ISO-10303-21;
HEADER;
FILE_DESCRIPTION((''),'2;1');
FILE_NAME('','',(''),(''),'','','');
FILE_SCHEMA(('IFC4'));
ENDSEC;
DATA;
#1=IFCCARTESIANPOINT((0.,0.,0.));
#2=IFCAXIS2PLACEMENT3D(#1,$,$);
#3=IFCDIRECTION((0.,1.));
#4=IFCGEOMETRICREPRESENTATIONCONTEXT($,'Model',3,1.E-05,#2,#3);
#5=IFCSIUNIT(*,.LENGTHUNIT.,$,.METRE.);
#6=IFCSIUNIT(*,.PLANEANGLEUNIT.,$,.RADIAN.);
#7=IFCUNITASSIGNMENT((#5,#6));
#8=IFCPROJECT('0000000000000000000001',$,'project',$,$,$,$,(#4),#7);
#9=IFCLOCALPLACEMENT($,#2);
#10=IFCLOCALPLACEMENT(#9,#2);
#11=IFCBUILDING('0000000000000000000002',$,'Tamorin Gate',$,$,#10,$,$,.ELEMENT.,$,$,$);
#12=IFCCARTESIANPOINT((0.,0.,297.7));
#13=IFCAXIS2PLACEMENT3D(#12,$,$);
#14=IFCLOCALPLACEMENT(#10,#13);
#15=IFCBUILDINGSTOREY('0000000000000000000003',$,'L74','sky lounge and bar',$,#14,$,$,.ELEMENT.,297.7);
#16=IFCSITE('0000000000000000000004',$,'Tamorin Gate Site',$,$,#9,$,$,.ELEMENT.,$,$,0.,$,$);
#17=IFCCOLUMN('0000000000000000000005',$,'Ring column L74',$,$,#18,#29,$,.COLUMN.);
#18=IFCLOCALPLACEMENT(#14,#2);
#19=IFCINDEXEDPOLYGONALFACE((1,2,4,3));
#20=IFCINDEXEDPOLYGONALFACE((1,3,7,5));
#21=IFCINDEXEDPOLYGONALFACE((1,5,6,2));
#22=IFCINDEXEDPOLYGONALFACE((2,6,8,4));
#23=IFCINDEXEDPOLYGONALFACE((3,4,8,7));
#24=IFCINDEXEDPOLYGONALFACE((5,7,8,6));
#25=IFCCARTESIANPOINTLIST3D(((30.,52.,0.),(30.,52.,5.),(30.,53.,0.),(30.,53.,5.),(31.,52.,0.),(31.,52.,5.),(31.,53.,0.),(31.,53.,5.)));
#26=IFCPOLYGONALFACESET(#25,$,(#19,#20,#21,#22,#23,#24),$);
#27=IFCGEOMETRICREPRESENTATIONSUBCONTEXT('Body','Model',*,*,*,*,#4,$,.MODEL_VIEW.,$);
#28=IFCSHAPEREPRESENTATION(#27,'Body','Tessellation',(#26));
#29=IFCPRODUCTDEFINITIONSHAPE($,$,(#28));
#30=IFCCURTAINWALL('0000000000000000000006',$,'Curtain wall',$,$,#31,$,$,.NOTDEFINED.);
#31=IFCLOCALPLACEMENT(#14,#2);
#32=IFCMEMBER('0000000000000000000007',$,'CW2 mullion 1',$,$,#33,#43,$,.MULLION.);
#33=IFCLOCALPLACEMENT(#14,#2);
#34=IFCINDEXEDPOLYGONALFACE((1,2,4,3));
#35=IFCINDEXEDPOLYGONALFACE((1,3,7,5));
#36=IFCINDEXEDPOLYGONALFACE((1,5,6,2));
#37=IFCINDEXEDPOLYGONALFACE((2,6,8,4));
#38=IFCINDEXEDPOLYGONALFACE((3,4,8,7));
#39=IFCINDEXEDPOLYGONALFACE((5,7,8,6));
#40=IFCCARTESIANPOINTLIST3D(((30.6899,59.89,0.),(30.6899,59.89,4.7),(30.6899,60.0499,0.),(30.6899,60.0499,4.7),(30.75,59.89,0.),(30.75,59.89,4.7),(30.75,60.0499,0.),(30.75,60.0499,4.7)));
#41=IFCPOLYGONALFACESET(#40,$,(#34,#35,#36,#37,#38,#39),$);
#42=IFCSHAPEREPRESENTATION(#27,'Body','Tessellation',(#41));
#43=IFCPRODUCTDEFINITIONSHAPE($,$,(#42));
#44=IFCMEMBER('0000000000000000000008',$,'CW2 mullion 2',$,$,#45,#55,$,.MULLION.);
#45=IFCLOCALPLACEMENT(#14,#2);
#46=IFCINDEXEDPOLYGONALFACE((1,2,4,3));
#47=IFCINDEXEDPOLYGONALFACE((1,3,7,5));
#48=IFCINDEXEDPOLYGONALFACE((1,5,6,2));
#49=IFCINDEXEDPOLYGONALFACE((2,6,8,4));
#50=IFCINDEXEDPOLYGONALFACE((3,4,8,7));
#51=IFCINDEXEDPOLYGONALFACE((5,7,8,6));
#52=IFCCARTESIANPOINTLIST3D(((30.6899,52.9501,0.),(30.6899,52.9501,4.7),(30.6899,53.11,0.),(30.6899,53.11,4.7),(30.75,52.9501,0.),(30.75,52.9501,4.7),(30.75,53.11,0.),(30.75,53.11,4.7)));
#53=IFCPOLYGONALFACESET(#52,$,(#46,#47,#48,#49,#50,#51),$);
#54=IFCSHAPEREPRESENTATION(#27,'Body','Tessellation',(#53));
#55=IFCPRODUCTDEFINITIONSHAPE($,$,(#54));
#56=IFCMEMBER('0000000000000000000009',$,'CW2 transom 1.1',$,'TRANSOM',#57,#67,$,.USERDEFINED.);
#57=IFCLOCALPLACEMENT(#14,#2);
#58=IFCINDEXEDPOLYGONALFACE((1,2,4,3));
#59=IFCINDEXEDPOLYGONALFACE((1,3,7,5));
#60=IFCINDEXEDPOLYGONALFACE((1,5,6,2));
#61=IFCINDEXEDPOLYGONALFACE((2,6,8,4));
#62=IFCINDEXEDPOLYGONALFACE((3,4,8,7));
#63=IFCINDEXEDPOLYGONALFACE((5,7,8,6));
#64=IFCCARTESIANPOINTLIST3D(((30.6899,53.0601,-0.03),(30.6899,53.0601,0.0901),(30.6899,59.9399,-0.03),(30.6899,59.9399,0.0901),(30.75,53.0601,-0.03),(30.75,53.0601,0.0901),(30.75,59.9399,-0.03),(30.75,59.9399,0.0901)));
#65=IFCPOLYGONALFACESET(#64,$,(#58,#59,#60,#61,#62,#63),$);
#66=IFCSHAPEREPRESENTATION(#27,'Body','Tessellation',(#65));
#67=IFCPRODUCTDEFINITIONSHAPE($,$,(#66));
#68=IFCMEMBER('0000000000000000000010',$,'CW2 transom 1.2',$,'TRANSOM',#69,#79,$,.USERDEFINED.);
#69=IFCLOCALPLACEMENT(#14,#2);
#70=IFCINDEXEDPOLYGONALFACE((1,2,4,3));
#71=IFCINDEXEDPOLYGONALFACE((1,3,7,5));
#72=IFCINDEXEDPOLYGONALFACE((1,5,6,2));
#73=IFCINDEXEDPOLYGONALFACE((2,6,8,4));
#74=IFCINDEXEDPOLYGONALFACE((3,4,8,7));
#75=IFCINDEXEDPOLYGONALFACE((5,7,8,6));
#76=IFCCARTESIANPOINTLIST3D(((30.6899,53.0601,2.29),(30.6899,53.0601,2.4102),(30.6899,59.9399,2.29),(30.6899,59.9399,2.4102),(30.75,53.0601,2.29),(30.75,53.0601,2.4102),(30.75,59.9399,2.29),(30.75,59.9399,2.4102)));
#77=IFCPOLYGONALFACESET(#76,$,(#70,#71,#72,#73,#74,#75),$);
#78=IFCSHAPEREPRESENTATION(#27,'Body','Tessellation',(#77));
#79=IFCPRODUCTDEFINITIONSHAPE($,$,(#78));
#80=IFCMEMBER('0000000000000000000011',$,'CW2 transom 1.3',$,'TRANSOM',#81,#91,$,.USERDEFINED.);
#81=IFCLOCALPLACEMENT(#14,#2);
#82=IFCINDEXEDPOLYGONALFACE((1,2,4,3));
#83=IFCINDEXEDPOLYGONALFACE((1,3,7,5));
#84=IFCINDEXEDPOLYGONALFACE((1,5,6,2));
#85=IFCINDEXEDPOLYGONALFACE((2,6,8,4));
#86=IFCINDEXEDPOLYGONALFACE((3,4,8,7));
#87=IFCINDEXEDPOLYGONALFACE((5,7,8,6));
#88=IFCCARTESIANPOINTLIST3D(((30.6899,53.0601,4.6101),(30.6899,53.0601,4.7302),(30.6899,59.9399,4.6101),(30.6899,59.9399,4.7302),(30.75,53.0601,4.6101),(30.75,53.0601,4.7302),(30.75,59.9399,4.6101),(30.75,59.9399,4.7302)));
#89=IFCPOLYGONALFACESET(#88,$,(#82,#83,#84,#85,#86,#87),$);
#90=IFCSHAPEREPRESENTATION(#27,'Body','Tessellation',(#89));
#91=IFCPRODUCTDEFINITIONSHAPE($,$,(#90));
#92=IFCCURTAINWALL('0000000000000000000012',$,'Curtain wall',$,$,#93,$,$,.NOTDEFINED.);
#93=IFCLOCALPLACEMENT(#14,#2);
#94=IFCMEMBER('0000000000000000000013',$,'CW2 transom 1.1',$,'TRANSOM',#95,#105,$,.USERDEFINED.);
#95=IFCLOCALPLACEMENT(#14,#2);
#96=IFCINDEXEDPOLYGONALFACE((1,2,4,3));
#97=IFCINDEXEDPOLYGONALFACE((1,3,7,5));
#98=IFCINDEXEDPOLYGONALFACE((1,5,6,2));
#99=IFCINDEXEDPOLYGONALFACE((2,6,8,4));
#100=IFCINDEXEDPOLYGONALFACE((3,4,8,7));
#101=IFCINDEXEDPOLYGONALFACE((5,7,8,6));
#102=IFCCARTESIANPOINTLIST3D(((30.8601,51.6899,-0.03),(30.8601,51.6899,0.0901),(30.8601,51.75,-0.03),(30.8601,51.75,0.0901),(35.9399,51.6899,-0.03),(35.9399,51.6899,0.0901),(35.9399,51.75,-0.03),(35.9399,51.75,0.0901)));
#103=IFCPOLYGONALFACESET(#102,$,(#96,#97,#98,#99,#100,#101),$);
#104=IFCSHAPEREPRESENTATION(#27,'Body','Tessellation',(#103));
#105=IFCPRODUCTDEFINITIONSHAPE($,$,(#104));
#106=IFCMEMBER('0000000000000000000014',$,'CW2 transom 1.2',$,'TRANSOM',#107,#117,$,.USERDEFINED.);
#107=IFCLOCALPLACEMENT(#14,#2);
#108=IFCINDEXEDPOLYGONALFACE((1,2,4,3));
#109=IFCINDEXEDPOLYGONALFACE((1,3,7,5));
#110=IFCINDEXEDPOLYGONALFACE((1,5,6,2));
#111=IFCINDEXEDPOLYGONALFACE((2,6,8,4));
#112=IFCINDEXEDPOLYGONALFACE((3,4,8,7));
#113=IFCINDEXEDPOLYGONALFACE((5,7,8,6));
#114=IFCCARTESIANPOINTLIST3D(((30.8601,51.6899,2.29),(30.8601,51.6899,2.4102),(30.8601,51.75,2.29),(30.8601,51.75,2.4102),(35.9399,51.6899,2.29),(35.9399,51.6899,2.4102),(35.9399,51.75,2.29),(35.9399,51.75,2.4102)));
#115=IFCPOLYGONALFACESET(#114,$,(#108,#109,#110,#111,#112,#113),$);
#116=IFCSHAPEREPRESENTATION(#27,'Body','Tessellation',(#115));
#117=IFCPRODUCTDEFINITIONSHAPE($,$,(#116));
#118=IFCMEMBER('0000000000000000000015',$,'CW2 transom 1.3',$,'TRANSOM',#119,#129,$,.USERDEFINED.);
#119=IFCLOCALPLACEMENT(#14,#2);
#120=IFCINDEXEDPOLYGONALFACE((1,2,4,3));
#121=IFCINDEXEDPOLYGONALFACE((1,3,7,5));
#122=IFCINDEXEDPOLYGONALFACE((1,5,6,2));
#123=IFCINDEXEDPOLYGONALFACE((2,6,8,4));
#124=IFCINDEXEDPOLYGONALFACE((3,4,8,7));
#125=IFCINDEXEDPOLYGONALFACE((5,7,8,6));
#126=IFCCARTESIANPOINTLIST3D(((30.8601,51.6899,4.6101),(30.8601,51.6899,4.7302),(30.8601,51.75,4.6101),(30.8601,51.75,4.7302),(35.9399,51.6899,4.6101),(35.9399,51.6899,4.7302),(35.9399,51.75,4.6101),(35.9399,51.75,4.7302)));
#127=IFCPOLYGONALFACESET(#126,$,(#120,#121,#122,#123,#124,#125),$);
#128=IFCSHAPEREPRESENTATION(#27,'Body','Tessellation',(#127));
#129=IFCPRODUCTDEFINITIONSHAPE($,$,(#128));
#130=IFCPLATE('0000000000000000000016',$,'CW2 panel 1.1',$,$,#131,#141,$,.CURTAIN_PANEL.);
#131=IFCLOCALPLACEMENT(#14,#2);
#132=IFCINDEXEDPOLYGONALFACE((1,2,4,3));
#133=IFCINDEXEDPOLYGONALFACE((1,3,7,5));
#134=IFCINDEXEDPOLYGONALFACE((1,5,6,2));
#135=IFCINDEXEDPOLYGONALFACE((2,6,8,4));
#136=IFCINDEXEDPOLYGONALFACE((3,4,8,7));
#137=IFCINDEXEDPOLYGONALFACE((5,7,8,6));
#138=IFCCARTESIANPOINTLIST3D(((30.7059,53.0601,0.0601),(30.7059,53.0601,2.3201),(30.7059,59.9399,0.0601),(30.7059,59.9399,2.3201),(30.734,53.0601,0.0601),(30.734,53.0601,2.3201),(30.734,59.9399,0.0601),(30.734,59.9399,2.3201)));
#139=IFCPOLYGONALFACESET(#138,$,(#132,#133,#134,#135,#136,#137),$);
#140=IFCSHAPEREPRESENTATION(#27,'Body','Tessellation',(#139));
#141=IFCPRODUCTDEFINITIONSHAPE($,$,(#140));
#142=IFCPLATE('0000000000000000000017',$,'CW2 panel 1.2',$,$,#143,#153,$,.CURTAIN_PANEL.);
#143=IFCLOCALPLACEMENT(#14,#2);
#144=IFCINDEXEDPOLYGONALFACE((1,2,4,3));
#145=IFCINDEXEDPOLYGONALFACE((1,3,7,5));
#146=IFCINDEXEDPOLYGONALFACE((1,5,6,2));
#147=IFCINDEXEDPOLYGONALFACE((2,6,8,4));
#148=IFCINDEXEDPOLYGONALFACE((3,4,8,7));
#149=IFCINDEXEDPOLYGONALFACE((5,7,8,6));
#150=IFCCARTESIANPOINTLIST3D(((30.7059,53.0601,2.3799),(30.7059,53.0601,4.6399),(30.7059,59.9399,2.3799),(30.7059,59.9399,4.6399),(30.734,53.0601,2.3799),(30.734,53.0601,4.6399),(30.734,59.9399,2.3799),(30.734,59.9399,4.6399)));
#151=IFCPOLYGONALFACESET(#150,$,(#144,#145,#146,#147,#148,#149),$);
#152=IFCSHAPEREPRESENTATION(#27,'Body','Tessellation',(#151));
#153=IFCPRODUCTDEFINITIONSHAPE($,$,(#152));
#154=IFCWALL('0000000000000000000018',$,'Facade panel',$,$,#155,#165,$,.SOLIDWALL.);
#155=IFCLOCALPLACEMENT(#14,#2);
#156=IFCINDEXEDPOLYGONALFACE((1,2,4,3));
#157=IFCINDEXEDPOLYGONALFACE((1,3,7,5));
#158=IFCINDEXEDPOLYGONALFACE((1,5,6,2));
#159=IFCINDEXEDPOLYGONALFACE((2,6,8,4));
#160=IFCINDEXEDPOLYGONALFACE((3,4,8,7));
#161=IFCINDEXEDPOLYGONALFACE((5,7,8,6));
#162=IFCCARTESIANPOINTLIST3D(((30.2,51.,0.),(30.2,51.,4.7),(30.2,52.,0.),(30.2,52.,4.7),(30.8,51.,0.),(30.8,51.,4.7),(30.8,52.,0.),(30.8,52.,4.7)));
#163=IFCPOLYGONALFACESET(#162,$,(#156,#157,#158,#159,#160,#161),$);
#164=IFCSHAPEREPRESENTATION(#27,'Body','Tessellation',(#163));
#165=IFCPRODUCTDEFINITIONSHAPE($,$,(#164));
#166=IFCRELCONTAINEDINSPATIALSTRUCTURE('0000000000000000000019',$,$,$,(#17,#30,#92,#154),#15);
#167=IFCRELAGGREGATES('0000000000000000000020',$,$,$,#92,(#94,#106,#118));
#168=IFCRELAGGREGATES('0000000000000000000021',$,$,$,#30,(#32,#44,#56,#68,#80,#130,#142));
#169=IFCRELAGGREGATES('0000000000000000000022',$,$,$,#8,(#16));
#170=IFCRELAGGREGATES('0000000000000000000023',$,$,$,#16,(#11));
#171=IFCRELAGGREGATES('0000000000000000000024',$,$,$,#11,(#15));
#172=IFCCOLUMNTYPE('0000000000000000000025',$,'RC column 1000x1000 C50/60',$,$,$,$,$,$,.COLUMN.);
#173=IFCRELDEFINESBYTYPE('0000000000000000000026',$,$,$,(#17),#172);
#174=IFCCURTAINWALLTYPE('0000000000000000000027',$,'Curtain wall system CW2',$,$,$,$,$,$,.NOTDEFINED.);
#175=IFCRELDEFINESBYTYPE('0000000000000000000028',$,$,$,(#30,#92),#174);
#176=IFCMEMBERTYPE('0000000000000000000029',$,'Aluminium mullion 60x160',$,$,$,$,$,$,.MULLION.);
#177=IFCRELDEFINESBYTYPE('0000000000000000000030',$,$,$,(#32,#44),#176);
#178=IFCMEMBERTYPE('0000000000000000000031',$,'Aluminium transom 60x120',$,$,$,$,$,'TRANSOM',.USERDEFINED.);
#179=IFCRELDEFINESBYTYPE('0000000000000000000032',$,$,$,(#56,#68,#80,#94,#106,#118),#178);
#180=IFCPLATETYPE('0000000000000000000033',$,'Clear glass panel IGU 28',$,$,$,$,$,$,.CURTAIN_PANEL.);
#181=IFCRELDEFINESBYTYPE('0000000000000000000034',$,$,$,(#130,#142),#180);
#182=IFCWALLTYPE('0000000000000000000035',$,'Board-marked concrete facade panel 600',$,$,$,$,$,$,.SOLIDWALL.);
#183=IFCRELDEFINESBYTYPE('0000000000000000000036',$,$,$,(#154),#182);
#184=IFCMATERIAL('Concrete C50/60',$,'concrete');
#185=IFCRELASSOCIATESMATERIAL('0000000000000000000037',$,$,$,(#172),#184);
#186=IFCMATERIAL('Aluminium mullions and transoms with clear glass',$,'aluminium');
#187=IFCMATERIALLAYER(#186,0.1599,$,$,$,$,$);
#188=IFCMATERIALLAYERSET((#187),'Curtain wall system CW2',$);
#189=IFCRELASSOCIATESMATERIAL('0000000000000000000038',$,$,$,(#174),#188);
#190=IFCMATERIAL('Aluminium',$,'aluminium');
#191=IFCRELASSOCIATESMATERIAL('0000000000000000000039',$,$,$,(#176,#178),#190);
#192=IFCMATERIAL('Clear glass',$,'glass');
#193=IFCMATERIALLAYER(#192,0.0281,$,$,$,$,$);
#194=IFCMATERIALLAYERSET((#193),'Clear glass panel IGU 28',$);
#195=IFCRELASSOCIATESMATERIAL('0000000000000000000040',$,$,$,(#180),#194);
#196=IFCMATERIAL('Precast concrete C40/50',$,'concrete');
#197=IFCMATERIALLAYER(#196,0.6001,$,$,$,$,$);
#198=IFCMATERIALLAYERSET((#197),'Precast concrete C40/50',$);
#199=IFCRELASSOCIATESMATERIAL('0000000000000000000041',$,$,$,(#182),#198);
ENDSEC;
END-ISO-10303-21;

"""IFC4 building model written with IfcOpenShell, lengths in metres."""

from ifc_helpers import new_model, si_unit, direction, frame, frame_2d, origin, origin_2d, place, context, subcontext, project, spatial, rectangle, extrude, material, layer, layer_set, material_profile, profile_set, type_object, element, aggregate, save


model = new_model("IFC4")

# Units and contexts
model_context = context("Model", 3, precision=1e-05, world=origin(), true_north=direction((0.0, 1.0)))
body_context = subcontext(model_context, "Body", "Model", "MODEL_VIEW")
ifc_project = project(units=[si_unit("LENGTHUNIT", "METRE"), si_unit("PLANEANGLEUNIT", "RADIAN")], contexts=[model_context])

# Site, building, storey
site_placement = place(None, origin())
site = spatial("IfcSite", under=ifc_project, at=site_placement, Name="Tamorin Gate Site", CompositionType="ELEMENT", RefElevation=0.0)
building_placement = place(site_placement, origin())
building = spatial("IfcBuilding", under=site, at=building_placement, Name="Tamorin Gate", CompositionType="ELEMENT")
storey_placement = place(building_placement, frame((0.0, 0.0, 297.7)))
storey = spatial("IfcBuildingStorey", under=building, at=storey_placement, Name="L74", Description="sky lounge and bar", CompositionType="ELEMENT", Elevation=297.7)

# Column
ifc_material_1 = material(Name="Concrete C50/60", Category="concrete")
ifc_material_profile_1 = material_profile(ifc_material_1, rectangle(XDim=1.0, YDim=1.0, at=origin_2d()), Name="RC 1000x1000")
ifc_profile_set_1 = profile_set([ifc_material_profile_1], Name="Concrete C50/60")
column_type = type_object("IfcColumnType", Name="RC column 1000x1000 C50/60", PredefinedType="COLUMN", material=ifc_profile_set_1)
column_placement = place(storey_placement, frame((30.5, 52.5, 0.0), z_axis=(0.0, 0.0, 1.0), x_axis=(1.0, 0.0, 0.0)))
element("IfcColumn", 1, at=column_placement, inside=storey, type_object=column_type, Name="Ring column L74", PredefinedType="COLUMN", context=body_context, shape_type="SweptSolid", body=[
    extrude(rectangle(XDim=1.0, YDim=1.0, at=origin_2d()), origin(), (0.0, 0.0, 1.0), 5.0),
])

# Curtain walls, members
ifc_material_2 = material(Name="Aluminium mullions and transoms with clear glass", Category="aluminium")
ifc_layer_1 = layer(ifc_material_2, 0.1599)
ifc_layer_set_1 = layer_set([ifc_layer_1], Name="Curtain wall system CW2")
curtain_wall_type = type_object("IfcCurtainWallType", Name="Curtain wall system CW2", PredefinedType="NOTDEFINED", material=ifc_layer_set_1)
curtain_wall_1_placement = place(storey_placement, origin())
curtain_wall_1 = element("IfcCurtainWall", 2, at=curtain_wall_1_placement, inside=storey, type_object=curtain_wall_type, Name="Curtain wall", PredefinedType="NOTDEFINED")
ifc_material_3 = material(Name="Aluminium", Category="aluminium")
ifc_material_profile_2 = material_profile(ifc_material_3, rectangle(XDim=0.0601, YDim=0.1599, at=origin_2d()), Name="RECT 60x160")
ifc_profile_set_2 = profile_set([ifc_material_profile_2], Name="Aluminium")
member_type_1 = type_object("IfcMemberType", Name="Aluminium mullion 60x160", PredefinedType="MULLION", material=ifc_profile_set_2)
member_1_placement = place(storey_placement, frame((30.72, 59.97, 0.0), z_axis=(0.0, 0.0, 1.0), x_axis=(1.0, 0.0, 0.0)))
member_1 = element("IfcMember", 3, at=member_1_placement, type_object=member_type_1, Name="CW2 mullion 1", PredefinedType="MULLION", context=body_context, shape_type="SweptSolid", body=[
    extrude(rectangle(XDim=0.0601, YDim=0.1599, at=origin_2d()), origin(), (0.0, 0.0, 1.0), 4.7),
])
member_2_placement = place(storey_placement, frame((30.72, 53.03, 0.0), z_axis=(0.0, 0.0, 1.0), x_axis=(1.0, 0.0, 0.0)))
member_2 = element("IfcMember", 4, at=member_2_placement, type_object=member_type_1, Name="CW2 mullion 2", PredefinedType="MULLION", context=body_context, shape_type="SweptSolid", body=[
    extrude(rectangle(XDim=0.0601, YDim=0.1599, at=origin_2d()), origin(), (0.0, 0.0, 1.0), 4.7),
])
ifc_material_profile_3 = material_profile(ifc_material_3, rectangle(XDim=0.0601, YDim=0.1201, at=origin_2d()), Name="RECT 60x120")
ifc_profile_set_3 = profile_set([ifc_material_profile_3], Name="Aluminium")
member_type_2 = type_object("IfcMemberType", Name="Aluminium transom 60x120", ElementType="TRANSOM", PredefinedType="USERDEFINED", material=ifc_profile_set_3)
member_3_placement = place(storey_placement, frame((30.72, 59.9399, 0.03), z_axis=(0.0, -1.0, 0.0), x_axis=(1.0, 0.0, 0.0)))
member_3 = element("IfcMember", 5, at=member_3_placement, type_object=member_type_2, Name="CW2 transom 1.1", ObjectType="TRANSOM", PredefinedType="USERDEFINED", context=body_context, shape_type="SweptSolid", body=[
    extrude(rectangle(XDim=0.0601, YDim=0.1201, at=origin_2d()), origin(), (0.0, 0.0, 1.0), 6.8799),
])
member_4_placement = place(storey_placement, frame((30.72, 59.9399, 2.3501), z_axis=(0.0, -1.0, 0.0), x_axis=(1.0, 0.0, 0.0)))
member_4 = element("IfcMember", 6, at=member_4_placement, type_object=member_type_2, Name="CW2 transom 1.2", ObjectType="TRANSOM", PredefinedType="USERDEFINED", context=body_context, shape_type="SweptSolid", body=[
    extrude(rectangle(XDim=0.0601, YDim=0.1201, at=origin_2d()), origin(), (0.0, 0.0, 1.0), 6.8799),
])
member_5_placement = place(storey_placement, frame((30.72, 59.9399, 4.6702), z_axis=(0.0, -1.0, 0.0), x_axis=(1.0, 0.0, 0.0)))
member_5 = element("IfcMember", 7, at=member_5_placement, type_object=member_type_2, Name="CW2 transom 1.3", ObjectType="TRANSOM", PredefinedType="USERDEFINED", context=body_context, shape_type="SweptSolid", body=[
    extrude(rectangle(XDim=0.0601, YDim=0.1201, at=origin_2d()), origin(), (0.0, 0.0, 1.0), 6.8799),
])
curtain_wall_2_placement = place(storey_placement, origin())
curtain_wall_2 = element("IfcCurtainWall", 8, at=curtain_wall_2_placement, inside=storey, type_object=curtain_wall_type, Name="Curtain wall", PredefinedType="NOTDEFINED")
member_6_placement = place(storey_placement, frame((30.8601, 51.72, 0.03), z_axis=(1.0, 0.0, 0.0), x_axis=(0.0, 1.0, 0.0)))
member_6 = element("IfcMember", 9, at=member_6_placement, type_object=member_type_2, Name="CW2 transom 1.1", ObjectType="TRANSOM", PredefinedType="USERDEFINED", context=body_context, shape_type="SweptSolid", body=[
    extrude(rectangle(XDim=0.0601, YDim=0.1201, at=origin_2d()), origin(), (0.0, 0.0, 1.0), 5.0798),
])
member_7_placement = place(storey_placement, frame((30.8601, 51.72, 2.3501), z_axis=(1.0, 0.0, 0.0), x_axis=(0.0, 1.0, 0.0)))
member_7 = element("IfcMember", 10, at=member_7_placement, type_object=member_type_2, Name="CW2 transom 1.2", ObjectType="TRANSOM", PredefinedType="USERDEFINED", context=body_context, shape_type="SweptSolid", body=[
    extrude(rectangle(XDim=0.0601, YDim=0.1201, at=origin_2d()), origin(), (0.0, 0.0, 1.0), 5.0798),
])
member_8_placement = place(storey_placement, frame((30.8601, 51.72, 4.6702), z_axis=(1.0, 0.0, 0.0), x_axis=(0.0, 1.0, 0.0)))
member_8 = element("IfcMember", 11, at=member_8_placement, type_object=member_type_2, Name="CW2 transom 1.3", ObjectType="TRANSOM", PredefinedType="USERDEFINED", context=body_context, shape_type="SweptSolid", body=[
    extrude(rectangle(XDim=0.0601, YDim=0.1201, at=origin_2d()), origin(), (0.0, 0.0, 1.0), 5.0798),
])
aggregate(curtain_wall_2, [member_6, member_7, member_8])

# Plates
ifc_material_4 = material(Name="Clear glass", Category="glass")
ifc_layer_2 = layer(ifc_material_4, 0.0281)
ifc_layer_set_2 = layer_set([ifc_layer_2], Name="Clear glass panel IGU 28")
plate_type = type_object("IfcPlateType", Name="Clear glass panel IGU 28", PredefinedType="CURTAIN_PANEL", material=ifc_layer_set_2)
plate_1_placement = place(storey_placement, frame((30.72, 56.5, 0.0601), z_axis=(0.0, 0.0, 1.0), x_axis=(0.0, -1.0, 0.0)))
plate_1 = element("IfcPlate", 12, at=plate_1_placement, type_object=plate_type, Name="CW2 panel 1.1", PredefinedType="CURTAIN_PANEL", context=body_context, shape_type="SweptSolid", body=[
    extrude(rectangle(XDim=6.8799, YDim=0.0281, at=origin_2d()), origin(), (0.0, 0.0, 1.0), 2.26),
])
plate_2_placement = place(storey_placement, frame((30.72, 56.5, 2.3799), z_axis=(0.0, 0.0, 1.0), x_axis=(0.0, -1.0, 0.0)))
plate_2 = element("IfcPlate", 13, at=plate_2_placement, type_object=plate_type, Name="CW2 panel 1.2", PredefinedType="CURTAIN_PANEL", context=body_context, shape_type="SweptSolid", body=[
    extrude(rectangle(XDim=6.8799, YDim=0.0281, at=origin_2d()), origin(), (0.0, 0.0, 1.0), 2.26),
])
aggregate(curtain_wall_1, [member_1, member_2, member_3, member_4, member_5, plate_1, plate_2])

# Wall
ifc_material_5 = material(Name="Precast concrete C40/50", Category="concrete")
ifc_layer_3 = layer(ifc_material_5, 0.6001)
ifc_layer_set_3 = layer_set([ifc_layer_3], Name="Precast concrete C40/50")
wall_type_1 = type_object("IfcWallType", Name="Board-marked concrete facade panel 600", PredefinedType="SOLIDWALL", material=ifc_layer_set_3)
wall_1_placement = place(storey_placement, frame((30.5, 52.0, 0.0), z_axis=(0.0, 0.0, 1.0), x_axis=(0.0, -1.0, 0.0)))
element("IfcWall", 14, at=wall_1_placement, inside=storey, type_object=wall_type_1, Name="Facade panel", PredefinedType="SOLIDWALL", context=body_context, shape_type="SweptSolid", body=[
    extrude(rectangle(XDim=1.0, YDim=0.6001, at=frame_2d((0.5, 0.0))), origin(), (0.0, 0.0, 1.0), 4.7),
])

save(model, "model.ifc")
